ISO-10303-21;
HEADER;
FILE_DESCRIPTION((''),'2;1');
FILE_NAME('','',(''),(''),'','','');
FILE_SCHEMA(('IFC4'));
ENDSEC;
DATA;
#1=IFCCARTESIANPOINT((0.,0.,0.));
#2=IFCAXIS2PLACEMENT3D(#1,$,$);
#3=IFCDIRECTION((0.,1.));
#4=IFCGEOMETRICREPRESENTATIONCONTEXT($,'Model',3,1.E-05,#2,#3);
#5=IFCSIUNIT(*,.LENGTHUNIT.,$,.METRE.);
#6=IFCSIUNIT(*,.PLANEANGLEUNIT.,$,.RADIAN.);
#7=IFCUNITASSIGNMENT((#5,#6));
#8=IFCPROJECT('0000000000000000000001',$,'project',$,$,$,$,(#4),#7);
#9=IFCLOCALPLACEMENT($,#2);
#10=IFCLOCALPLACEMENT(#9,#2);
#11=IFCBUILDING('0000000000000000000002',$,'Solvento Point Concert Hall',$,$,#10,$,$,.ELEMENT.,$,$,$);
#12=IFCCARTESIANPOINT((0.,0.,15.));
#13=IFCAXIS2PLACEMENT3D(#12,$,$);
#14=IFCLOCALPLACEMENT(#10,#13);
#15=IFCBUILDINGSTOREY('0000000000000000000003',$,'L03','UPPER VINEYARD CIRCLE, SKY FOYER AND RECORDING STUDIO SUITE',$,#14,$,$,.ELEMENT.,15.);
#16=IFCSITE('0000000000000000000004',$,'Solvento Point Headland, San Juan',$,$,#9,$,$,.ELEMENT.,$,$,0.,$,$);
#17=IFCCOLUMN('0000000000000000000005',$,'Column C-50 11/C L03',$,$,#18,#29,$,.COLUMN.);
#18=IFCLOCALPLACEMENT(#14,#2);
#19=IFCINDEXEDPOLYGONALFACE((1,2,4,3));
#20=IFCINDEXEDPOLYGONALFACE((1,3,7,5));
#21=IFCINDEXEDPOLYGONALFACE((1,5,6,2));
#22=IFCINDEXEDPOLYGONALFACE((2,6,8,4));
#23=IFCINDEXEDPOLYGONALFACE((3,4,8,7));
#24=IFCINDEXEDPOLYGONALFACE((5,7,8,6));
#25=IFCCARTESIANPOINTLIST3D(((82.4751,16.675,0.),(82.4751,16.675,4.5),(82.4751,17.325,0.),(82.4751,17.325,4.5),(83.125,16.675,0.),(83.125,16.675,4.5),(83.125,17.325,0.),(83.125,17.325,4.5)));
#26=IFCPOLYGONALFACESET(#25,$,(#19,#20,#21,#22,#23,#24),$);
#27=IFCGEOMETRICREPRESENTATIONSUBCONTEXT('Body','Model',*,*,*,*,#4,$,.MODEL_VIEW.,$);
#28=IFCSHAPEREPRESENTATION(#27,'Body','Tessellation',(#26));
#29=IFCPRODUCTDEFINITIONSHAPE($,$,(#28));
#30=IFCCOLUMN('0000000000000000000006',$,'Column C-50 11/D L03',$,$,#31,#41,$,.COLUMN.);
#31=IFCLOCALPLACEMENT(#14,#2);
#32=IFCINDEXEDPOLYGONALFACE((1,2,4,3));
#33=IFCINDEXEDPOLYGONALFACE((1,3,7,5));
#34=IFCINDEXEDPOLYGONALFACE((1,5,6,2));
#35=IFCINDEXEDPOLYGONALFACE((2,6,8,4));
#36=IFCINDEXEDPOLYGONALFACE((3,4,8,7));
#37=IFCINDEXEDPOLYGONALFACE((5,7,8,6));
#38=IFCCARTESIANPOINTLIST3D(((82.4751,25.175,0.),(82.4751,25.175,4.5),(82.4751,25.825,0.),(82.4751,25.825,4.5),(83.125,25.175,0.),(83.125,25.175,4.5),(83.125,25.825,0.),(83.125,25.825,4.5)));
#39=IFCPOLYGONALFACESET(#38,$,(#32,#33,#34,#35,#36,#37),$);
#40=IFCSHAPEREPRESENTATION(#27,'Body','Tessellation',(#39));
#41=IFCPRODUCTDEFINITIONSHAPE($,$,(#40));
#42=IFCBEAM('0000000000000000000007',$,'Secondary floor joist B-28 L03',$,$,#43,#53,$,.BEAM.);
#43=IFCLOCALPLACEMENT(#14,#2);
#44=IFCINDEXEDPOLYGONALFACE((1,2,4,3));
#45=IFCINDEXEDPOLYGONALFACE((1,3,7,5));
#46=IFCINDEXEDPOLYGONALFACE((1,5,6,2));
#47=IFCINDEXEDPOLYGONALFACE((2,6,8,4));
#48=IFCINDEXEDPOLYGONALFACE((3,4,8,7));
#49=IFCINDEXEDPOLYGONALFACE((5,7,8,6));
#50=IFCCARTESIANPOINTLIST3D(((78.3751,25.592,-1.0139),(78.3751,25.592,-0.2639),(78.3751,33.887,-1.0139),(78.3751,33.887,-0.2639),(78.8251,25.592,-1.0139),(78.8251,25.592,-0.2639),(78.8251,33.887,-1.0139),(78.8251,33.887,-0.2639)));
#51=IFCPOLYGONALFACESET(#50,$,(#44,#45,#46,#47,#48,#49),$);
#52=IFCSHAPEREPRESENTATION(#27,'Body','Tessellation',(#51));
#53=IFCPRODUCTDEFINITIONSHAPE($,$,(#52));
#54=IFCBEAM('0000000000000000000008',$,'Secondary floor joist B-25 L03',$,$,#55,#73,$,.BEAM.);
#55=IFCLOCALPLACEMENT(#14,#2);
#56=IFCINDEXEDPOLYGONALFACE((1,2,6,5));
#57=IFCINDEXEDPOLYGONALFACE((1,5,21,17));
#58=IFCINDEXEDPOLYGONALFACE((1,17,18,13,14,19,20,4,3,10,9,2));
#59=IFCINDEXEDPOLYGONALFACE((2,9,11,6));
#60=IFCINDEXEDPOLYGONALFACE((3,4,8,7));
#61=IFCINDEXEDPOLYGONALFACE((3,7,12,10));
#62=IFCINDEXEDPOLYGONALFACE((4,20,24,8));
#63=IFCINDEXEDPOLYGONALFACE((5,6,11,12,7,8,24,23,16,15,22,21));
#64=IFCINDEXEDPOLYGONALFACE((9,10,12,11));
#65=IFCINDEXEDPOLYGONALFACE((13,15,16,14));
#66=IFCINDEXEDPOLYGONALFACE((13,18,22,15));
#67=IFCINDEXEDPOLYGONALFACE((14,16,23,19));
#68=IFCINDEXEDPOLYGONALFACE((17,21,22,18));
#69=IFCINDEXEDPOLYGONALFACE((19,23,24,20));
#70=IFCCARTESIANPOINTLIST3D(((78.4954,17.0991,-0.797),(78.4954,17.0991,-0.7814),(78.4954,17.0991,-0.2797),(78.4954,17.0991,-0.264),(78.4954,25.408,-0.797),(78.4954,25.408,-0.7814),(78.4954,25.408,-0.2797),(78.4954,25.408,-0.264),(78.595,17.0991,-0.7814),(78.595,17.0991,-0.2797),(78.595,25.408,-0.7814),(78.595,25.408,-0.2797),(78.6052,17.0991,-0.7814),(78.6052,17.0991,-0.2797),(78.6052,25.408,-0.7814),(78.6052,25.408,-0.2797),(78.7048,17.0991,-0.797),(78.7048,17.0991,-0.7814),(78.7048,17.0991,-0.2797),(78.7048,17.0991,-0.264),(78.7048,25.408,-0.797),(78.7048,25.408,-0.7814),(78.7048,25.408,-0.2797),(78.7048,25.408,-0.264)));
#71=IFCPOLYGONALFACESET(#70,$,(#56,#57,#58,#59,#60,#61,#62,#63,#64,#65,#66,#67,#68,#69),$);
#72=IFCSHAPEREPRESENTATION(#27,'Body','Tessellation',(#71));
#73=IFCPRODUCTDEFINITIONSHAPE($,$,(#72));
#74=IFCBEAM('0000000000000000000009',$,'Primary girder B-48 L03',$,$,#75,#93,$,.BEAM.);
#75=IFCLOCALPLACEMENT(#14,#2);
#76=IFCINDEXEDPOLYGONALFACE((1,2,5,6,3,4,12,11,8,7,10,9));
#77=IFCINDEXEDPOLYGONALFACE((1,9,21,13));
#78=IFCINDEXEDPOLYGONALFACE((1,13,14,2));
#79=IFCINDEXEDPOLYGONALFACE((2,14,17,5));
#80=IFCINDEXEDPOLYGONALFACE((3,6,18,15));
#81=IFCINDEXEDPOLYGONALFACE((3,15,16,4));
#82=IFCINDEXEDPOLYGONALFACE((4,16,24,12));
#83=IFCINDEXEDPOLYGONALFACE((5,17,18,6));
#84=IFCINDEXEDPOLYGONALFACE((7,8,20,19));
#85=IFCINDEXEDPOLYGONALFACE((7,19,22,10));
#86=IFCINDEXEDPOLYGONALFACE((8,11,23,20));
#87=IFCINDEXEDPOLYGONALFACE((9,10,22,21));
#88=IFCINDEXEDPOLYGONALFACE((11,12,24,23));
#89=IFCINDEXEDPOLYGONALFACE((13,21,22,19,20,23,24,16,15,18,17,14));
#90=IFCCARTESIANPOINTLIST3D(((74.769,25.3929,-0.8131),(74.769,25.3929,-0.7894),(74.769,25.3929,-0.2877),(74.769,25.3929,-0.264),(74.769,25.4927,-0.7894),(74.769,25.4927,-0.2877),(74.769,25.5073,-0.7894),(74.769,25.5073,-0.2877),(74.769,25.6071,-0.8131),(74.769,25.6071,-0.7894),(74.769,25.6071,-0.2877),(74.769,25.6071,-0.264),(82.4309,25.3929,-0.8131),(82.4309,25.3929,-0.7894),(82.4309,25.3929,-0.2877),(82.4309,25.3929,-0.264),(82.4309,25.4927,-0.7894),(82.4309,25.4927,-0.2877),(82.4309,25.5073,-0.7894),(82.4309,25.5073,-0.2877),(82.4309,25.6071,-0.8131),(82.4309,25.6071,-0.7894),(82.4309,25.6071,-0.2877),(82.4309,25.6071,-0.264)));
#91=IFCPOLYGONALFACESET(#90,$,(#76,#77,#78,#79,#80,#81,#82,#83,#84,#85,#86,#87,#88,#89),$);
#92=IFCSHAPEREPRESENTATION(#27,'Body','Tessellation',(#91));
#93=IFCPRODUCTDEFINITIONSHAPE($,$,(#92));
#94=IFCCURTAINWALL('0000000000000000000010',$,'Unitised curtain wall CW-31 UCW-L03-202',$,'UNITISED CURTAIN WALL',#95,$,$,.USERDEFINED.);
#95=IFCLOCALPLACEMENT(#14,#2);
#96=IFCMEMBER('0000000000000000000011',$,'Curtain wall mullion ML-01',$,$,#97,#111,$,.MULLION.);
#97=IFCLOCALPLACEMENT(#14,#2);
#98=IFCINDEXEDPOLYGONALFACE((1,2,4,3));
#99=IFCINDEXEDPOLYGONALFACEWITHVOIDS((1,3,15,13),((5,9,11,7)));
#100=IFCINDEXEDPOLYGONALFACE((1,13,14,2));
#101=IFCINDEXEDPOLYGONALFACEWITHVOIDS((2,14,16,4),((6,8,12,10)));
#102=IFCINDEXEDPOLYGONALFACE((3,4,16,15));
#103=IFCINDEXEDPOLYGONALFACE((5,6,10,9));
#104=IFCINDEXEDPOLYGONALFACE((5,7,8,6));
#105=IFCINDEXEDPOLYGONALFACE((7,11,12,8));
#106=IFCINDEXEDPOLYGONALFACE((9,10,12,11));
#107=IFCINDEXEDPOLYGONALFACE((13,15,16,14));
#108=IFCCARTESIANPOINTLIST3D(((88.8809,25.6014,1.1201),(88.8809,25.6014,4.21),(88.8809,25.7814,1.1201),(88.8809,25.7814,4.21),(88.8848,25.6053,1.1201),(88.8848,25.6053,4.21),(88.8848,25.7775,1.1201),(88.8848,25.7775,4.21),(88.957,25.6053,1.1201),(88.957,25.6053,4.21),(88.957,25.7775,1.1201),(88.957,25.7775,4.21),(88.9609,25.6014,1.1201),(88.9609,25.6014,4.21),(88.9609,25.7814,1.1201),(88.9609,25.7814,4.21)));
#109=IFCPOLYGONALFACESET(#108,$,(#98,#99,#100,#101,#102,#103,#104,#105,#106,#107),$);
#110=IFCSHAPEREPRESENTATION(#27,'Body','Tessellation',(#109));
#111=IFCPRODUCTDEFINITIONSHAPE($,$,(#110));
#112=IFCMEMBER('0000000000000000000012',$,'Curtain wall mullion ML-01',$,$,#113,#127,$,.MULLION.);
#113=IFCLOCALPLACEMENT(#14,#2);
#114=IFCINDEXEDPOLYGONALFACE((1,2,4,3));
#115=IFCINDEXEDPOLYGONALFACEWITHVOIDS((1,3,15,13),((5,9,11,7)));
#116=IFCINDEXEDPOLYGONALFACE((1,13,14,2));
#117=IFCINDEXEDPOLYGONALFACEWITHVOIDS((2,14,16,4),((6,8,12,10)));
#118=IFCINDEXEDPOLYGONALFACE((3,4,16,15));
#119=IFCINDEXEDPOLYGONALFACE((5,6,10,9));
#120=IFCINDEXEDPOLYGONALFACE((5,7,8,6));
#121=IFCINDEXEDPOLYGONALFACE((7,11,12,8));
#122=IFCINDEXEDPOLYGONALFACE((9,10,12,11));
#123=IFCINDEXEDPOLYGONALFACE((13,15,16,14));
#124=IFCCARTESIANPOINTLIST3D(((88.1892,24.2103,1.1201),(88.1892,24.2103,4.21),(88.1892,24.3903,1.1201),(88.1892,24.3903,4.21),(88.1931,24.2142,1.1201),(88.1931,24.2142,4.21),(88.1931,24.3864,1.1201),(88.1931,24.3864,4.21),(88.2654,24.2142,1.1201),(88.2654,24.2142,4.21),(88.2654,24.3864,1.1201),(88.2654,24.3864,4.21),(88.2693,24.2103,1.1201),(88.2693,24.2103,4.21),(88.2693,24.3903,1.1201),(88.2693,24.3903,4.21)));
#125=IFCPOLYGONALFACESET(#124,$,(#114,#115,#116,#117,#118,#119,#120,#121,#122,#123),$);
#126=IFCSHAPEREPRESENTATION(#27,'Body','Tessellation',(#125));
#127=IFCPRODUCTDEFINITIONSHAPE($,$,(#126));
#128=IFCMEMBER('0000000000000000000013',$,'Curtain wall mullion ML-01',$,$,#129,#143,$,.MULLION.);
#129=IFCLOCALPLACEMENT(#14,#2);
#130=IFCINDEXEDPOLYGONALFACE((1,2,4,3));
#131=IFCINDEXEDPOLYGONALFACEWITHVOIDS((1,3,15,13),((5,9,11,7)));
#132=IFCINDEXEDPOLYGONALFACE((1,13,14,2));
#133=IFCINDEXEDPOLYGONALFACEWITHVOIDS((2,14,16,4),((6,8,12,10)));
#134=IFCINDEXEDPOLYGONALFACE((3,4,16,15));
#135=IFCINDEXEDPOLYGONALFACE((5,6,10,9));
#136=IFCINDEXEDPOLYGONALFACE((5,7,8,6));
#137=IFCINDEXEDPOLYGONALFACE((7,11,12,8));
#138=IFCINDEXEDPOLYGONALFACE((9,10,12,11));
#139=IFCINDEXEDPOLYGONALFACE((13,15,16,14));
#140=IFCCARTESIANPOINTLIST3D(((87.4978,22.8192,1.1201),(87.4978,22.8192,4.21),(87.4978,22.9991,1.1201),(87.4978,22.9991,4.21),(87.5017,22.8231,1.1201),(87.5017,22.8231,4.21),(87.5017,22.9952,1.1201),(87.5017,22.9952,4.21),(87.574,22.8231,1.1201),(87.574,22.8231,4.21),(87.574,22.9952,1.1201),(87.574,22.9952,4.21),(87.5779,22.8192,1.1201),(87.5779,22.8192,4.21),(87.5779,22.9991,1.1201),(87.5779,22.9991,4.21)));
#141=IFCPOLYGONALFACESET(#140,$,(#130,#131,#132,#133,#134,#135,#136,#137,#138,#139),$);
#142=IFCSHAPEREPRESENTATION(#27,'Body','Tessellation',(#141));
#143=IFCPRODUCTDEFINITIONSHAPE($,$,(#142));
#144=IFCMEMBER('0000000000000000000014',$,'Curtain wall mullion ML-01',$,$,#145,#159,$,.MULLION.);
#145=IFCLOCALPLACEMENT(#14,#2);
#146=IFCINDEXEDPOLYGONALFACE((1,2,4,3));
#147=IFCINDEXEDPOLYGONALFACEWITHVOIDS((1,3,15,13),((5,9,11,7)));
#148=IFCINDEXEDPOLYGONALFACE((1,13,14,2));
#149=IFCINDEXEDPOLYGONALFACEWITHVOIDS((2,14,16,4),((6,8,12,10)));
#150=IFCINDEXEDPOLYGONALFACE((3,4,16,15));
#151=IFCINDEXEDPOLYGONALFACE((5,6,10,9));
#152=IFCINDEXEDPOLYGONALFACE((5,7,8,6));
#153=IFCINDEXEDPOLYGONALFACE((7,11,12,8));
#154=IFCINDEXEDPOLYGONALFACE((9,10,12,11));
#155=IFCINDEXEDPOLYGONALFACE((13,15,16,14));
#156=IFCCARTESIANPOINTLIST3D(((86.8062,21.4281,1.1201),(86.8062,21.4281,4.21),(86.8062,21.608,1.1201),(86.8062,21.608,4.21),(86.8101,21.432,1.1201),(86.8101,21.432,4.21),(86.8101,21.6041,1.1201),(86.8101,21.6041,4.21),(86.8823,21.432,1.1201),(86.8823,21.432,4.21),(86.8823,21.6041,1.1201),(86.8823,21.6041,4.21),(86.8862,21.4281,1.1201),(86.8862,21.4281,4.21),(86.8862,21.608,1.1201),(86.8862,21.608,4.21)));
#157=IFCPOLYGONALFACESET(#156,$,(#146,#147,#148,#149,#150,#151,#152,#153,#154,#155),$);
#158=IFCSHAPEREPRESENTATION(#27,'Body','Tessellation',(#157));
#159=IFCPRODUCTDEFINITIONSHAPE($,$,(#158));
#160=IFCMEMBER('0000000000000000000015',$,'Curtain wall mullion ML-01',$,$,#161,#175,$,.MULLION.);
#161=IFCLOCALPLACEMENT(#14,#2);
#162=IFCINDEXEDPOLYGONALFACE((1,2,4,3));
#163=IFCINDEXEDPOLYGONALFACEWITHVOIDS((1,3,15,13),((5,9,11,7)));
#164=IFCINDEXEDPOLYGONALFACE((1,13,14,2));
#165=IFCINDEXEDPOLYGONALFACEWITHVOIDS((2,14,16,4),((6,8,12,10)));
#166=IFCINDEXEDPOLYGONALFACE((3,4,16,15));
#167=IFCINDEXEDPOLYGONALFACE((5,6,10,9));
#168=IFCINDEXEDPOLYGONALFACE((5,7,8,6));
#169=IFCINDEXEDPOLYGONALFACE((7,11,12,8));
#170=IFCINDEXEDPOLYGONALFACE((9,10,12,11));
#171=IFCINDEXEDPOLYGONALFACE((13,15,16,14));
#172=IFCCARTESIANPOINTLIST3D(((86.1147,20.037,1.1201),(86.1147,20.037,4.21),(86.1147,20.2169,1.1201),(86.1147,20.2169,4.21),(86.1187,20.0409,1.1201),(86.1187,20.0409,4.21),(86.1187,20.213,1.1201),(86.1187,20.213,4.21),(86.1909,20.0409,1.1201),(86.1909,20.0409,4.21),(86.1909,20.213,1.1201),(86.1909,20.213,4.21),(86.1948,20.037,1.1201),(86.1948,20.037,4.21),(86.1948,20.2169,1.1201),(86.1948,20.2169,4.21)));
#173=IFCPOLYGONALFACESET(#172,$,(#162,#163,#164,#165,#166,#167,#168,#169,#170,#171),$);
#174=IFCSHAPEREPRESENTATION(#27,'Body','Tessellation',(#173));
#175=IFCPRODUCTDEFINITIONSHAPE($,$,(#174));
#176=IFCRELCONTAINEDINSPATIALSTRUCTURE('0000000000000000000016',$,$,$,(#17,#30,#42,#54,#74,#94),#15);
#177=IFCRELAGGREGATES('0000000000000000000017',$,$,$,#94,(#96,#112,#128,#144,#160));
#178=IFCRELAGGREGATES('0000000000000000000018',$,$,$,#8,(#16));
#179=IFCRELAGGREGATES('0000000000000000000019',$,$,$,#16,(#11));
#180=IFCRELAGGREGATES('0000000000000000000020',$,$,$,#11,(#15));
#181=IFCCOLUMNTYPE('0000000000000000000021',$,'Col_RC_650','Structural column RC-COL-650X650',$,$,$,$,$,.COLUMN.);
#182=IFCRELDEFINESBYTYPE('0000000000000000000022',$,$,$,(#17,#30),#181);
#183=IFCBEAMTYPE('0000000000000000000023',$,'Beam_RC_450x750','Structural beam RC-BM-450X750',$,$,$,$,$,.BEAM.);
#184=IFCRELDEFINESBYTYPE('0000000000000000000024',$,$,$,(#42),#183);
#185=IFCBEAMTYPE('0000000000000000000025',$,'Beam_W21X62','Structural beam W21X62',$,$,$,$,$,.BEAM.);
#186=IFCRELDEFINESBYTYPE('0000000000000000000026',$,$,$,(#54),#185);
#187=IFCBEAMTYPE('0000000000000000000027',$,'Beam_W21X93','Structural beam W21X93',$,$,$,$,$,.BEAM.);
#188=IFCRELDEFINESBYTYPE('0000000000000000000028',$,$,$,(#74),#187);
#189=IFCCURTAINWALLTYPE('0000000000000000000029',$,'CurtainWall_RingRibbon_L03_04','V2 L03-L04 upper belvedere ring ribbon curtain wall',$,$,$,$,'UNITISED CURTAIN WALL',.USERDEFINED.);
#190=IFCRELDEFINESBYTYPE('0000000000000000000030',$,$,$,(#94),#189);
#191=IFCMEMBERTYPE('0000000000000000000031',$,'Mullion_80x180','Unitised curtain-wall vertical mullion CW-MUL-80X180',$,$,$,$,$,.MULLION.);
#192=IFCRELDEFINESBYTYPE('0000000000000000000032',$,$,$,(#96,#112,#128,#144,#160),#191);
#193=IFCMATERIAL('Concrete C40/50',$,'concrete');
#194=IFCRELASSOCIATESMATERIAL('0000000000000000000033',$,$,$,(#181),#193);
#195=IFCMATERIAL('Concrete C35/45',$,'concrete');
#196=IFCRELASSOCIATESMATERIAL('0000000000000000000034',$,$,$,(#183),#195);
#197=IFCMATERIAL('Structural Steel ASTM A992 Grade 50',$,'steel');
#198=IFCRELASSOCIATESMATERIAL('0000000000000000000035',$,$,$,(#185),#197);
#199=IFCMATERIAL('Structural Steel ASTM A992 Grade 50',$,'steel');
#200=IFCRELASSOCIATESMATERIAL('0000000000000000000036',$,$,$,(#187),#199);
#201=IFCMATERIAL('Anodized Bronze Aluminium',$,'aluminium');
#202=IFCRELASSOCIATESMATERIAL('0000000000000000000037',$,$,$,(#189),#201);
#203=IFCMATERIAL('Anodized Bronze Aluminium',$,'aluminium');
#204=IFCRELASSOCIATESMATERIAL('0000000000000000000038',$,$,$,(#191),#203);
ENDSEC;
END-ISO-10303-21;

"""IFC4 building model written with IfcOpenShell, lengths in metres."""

from ifc_helpers import new_model, si_unit, direction, frame, origin, origin_2d, place, context, subcontext, project, spatial, rectangle, hollow_rectangle, i_section, extrude, material, material_profile, profile_set, type_object, element, aggregate, save


model = new_model("IFC4")

# Units and contexts
model_context = context("Model", 3, precision=1e-05, world=origin(), true_north=direction((0.0, 1.0)))
body_context = subcontext(model_context, "Body", "Model", "MODEL_VIEW")
ifc_project = project(units=[si_unit("LENGTHUNIT", "METRE"), si_unit("PLANEANGLEUNIT", "RADIAN")], contexts=[model_context])

# Site, building, storey
site_placement = place(None, origin())
site = spatial("IfcSite", under=ifc_project, at=site_placement, Name="Solvento Point Headland, San Juan", CompositionType="ELEMENT", RefElevation=0.0)
building_placement = place(site_placement, origin())
building = spatial("IfcBuilding", under=site, at=building_placement, Name="Solvento Point Concert Hall", CompositionType="ELEMENT")
storey_placement = place(building_placement, frame((0.0, 0.0, 15.0)))
storey = spatial("IfcBuildingStorey", under=building, at=storey_placement, Name="L03", Description="UPPER VINEYARD CIRCLE, SKY FOYER AND RECORDING STUDIO SUITE", CompositionType="ELEMENT", Elevation=15.0)

# Columns
ifc_material_1 = material(Name="Concrete C40/50", Category="concrete")
ifc_material_profile_1 = material_profile(ifc_material_1, rectangle(XDim=0.6499, YDim=0.6499, at=origin_2d()), Name="RC-COL-650X650")
ifc_profile_set_1 = profile_set([ifc_material_profile_1], Name="Concrete C40/50")
column_type = type_object("IfcColumnType", Name="Col_RC_650", Description="Structural column RC-COL-650X650", PredefinedType="COLUMN", material=ifc_profile_set_1)
for number, where, z_axis, x_axis, name in (
    (1, (82.8, 17.0, 0.0), (0.0, 0.0, 1.0), (1.0, 0.0, 0.0), "Column C-50 11/C L03"),
    (2, (82.8, 25.5, 0.0), (0.0, 0.0, 1.0), (1.0, 0.0, 0.0), "Column C-50 11/D L03"),
):
    element("IfcColumn", number, at=place(storey_placement, frame(where, z_axis=z_axis, x_axis=x_axis)), inside=storey, type_object=column_type, Name=name, PredefinedType="COLUMN", context=body_context, shape_type="SweptSolid", body=[
        extrude(rectangle(XDim=0.6499, YDim=0.6499, at=origin_2d()), origin(), (0.0, 0.0, 1.0), 4.5),
    ])

# Beams
ifc_material_2 = material(Name="Concrete C35/45", Category="concrete")
ifc_material_profile_2 = material_profile(ifc_material_2, rectangle(XDim=0.45, YDim=0.75, at=origin_2d()), Name="RC-BM-450X750")
ifc_profile_set_2 = profile_set([ifc_material_profile_2], Name="Concrete C35/45")
beam_type_1 = type_object("IfcBeamType", Name="Beam_RC_450x750", Description="Structural beam RC-BM-450X750", PredefinedType="BEAM", material=ifc_profile_set_2)
beam_1_placement = place(storey_placement, frame((78.6001, 25.592, -0.6389), z_axis=(0.0, 1.0, 0.0), x_axis=(-1.0, 0.0, 0.0)))
element("IfcBeam", 3, at=beam_1_placement, inside=storey, type_object=beam_type_1, Name="Secondary floor joist B-28 L03", PredefinedType="BEAM", context=body_context, shape_type="SweptSolid", body=[
    extrude(rectangle(XDim=0.45, YDim=0.75, at=origin_2d()), origin(), (0.0, 0.0, 1.0), 8.2949),
])
ifc_material_3 = material(Name="Structural Steel ASTM A992 Grade 50", Category="steel")
ifc_material_profile_3 = material_profile(ifc_material_3, i_section(OverallWidth=0.2095, OverallDepth=0.533, WebThickness=0.0103, FlangeThickness=0.0156, at=origin_2d()), Name="W21X62")
ifc_profile_set_3 = profile_set([ifc_material_profile_3], Name="Structural Steel ASTM A992 Grade 50")
beam_type_2 = type_object("IfcBeamType", Name="Beam_W21X62", Description="Structural beam W21X62", PredefinedType="BEAM", material=ifc_profile_set_3)
beam_2_placement = place(storey_placement, frame((78.6001, 17.0991, -0.5305), z_axis=(0.0, 1.0, 0.0), x_axis=(-1.0, 0.0, 0.0)))
element("IfcBeam", 4, at=beam_2_placement, inside=storey, type_object=beam_type_2, Name="Secondary floor joist B-25 L03", PredefinedType="BEAM", context=body_context, shape_type="SweptSolid", body=[
    extrude(i_section(OverallWidth=0.2095, OverallDepth=0.533, WebThickness=0.0103, FlangeThickness=0.0156, at=origin_2d()), origin(), (0.0, 0.0, 1.0), 8.3088),
])
ifc_material_4 = material(Name="Structural Steel ASTM A992 Grade 50", Category="steel")
ifc_material_profile_4 = material_profile(ifc_material_4, i_section(OverallWidth=0.2141, OverallDepth=0.5491, WebThickness=0.0146, FlangeThickness=0.0237, at=origin_2d()), Name="W21X93")
ifc_profile_set_4 = profile_set([ifc_material_profile_4], Name="Structural Steel ASTM A992 Grade 50")
beam_type_3 = type_object("IfcBeamType", Name="Beam_W21X93", Description="Structural beam W21X93", PredefinedType="BEAM", material=ifc_profile_set_4)
beam_3_placement = place(storey_placement, frame((74.769, 25.5, -0.5386), z_axis=(1.0, 0.0, 0.0), x_axis=(0.0, 1.0, 0.0)))
element("IfcBeam", 5, at=beam_3_placement, inside=storey, type_object=beam_type_3, Name="Primary girder B-48 L03", PredefinedType="BEAM", context=body_context, shape_type="SweptSolid", body=[
    extrude(i_section(OverallWidth=0.2141, OverallDepth=0.5491, WebThickness=0.0146, FlangeThickness=0.0237, at=origin_2d()), origin(), (0.0, 0.0, 1.0), 7.6619),
])

# Curtain wall, members
ifc_material_5 = material(Name="Anodized Bronze Aluminium", Category="aluminium")
curtain_wall_type = type_object("IfcCurtainWallType", Name="CurtainWall_RingRibbon_L03_04", Description="V2 L03-L04 upper belvedere ring ribbon curtain wall", ElementType="UNITISED CURTAIN WALL", PredefinedType="USERDEFINED", material=ifc_material_5)
curtain_wall_1_placement = place(storey_placement, origin())
curtain_wall_1 = element("IfcCurtainWall", 6, at=curtain_wall_1_placement, inside=storey, type_object=curtain_wall_type, Name="Unitised curtain wall CW-31 UCW-L03-202", ObjectType="UNITISED CURTAIN WALL", PredefinedType="USERDEFINED")
ifc_material_6 = material(Name="Anodized Bronze Aluminium", Category="aluminium")
ifc_material_profile_5 = material_profile(ifc_material_6, hollow_rectangle(XDim=0.0801, YDim=0.1799, WallThickness=0.0039, at=origin_2d()), Name="CW-MUL-80X180")
ifc_profile_set_5 = profile_set([ifc_material_profile_5], Name="Anodized Bronze Aluminium")
member_type_1 = type_object("IfcMemberType", Name="Mullion_80x180", Description="Unitised curtain-wall vertical mullion CW-MUL-80X180", PredefinedType="MULLION", material=ifc_profile_set_5)
member_1_placement = place(storey_placement, frame((88.9209, 25.6914, 1.1201), z_axis=(0.0, 0.0, 1.0), x_axis=(1.0, 0.0, 0.0)))
member_1 = element("IfcMember", 7, at=member_1_placement, type_object=member_type_1, Name="Curtain wall mullion ML-01", PredefinedType="MULLION", context=body_context, shape_type="SweptSolid", body=[
    extrude(hollow_rectangle(XDim=0.0801, YDim=0.1799, WallThickness=0.0039, at=origin_2d()), origin(), (0.0, 0.0, 1.0), 3.0898),
])
member_2_placement = place(storey_placement, frame((88.2292, 24.3003, 1.1201), z_axis=(0.0, 0.0, 1.0), x_axis=(1.0, 0.0, 0.0)))
member_2 = element("IfcMember", 8, at=member_2_placement, type_object=member_type_1, Name="Curtain wall mullion ML-01", PredefinedType="MULLION", context=body_context, shape_type="SweptSolid", body=[
    extrude(hollow_rectangle(XDim=0.0801, YDim=0.1799, WallThickness=0.0039, at=origin_2d()), origin(), (0.0, 0.0, 1.0), 3.0898),
])
member_3_placement = place(storey_placement, frame((87.5378, 22.9092, 1.1201), z_axis=(0.0, 0.0, 1.0), x_axis=(1.0, 0.0, 0.0)))
member_3 = element("IfcMember", 9, at=member_3_placement, type_object=member_type_1, Name="Curtain wall mullion ML-01", PredefinedType="MULLION", context=body_context, shape_type="SweptSolid", body=[
    extrude(hollow_rectangle(XDim=0.0801, YDim=0.1799, WallThickness=0.0039, at=origin_2d()), origin(), (0.0, 0.0, 1.0), 3.0898),
])
member_4_placement = place(storey_placement, frame((86.8462, 21.5181, 1.1201), z_axis=(0.0, 0.0, 1.0), x_axis=(1.0, 0.0, 0.0)))
member_4 = element("IfcMember", 10, at=member_4_placement, type_object=member_type_1, Name="Curtain wall mullion ML-01", PredefinedType="MULLION", context=body_context, shape_type="SweptSolid", body=[
    extrude(hollow_rectangle(XDim=0.0801, YDim=0.1799, WallThickness=0.0039, at=origin_2d()), origin(), (0.0, 0.0, 1.0), 3.0898),
])
member_5_placement = place(storey_placement, frame((86.1548, 20.127, 1.1201), z_axis=(0.0, 0.0, 1.0), x_axis=(1.0, 0.0, 0.0)))
member_5 = element("IfcMember", 11, at=member_5_placement, type_object=member_type_1, Name="Curtain wall mullion ML-01", PredefinedType="MULLION", context=body_context, shape_type="SweptSolid", body=[
    extrude(hollow_rectangle(XDim=0.0801, YDim=0.1799, WallThickness=0.0039, at=origin_2d()), origin(), (0.0, 0.0, 1.0), 3.0898),
])

aggregate(curtain_wall_1, [member_1, member_2, member_3, member_4, member_5])

save(model, "model.ifc")
